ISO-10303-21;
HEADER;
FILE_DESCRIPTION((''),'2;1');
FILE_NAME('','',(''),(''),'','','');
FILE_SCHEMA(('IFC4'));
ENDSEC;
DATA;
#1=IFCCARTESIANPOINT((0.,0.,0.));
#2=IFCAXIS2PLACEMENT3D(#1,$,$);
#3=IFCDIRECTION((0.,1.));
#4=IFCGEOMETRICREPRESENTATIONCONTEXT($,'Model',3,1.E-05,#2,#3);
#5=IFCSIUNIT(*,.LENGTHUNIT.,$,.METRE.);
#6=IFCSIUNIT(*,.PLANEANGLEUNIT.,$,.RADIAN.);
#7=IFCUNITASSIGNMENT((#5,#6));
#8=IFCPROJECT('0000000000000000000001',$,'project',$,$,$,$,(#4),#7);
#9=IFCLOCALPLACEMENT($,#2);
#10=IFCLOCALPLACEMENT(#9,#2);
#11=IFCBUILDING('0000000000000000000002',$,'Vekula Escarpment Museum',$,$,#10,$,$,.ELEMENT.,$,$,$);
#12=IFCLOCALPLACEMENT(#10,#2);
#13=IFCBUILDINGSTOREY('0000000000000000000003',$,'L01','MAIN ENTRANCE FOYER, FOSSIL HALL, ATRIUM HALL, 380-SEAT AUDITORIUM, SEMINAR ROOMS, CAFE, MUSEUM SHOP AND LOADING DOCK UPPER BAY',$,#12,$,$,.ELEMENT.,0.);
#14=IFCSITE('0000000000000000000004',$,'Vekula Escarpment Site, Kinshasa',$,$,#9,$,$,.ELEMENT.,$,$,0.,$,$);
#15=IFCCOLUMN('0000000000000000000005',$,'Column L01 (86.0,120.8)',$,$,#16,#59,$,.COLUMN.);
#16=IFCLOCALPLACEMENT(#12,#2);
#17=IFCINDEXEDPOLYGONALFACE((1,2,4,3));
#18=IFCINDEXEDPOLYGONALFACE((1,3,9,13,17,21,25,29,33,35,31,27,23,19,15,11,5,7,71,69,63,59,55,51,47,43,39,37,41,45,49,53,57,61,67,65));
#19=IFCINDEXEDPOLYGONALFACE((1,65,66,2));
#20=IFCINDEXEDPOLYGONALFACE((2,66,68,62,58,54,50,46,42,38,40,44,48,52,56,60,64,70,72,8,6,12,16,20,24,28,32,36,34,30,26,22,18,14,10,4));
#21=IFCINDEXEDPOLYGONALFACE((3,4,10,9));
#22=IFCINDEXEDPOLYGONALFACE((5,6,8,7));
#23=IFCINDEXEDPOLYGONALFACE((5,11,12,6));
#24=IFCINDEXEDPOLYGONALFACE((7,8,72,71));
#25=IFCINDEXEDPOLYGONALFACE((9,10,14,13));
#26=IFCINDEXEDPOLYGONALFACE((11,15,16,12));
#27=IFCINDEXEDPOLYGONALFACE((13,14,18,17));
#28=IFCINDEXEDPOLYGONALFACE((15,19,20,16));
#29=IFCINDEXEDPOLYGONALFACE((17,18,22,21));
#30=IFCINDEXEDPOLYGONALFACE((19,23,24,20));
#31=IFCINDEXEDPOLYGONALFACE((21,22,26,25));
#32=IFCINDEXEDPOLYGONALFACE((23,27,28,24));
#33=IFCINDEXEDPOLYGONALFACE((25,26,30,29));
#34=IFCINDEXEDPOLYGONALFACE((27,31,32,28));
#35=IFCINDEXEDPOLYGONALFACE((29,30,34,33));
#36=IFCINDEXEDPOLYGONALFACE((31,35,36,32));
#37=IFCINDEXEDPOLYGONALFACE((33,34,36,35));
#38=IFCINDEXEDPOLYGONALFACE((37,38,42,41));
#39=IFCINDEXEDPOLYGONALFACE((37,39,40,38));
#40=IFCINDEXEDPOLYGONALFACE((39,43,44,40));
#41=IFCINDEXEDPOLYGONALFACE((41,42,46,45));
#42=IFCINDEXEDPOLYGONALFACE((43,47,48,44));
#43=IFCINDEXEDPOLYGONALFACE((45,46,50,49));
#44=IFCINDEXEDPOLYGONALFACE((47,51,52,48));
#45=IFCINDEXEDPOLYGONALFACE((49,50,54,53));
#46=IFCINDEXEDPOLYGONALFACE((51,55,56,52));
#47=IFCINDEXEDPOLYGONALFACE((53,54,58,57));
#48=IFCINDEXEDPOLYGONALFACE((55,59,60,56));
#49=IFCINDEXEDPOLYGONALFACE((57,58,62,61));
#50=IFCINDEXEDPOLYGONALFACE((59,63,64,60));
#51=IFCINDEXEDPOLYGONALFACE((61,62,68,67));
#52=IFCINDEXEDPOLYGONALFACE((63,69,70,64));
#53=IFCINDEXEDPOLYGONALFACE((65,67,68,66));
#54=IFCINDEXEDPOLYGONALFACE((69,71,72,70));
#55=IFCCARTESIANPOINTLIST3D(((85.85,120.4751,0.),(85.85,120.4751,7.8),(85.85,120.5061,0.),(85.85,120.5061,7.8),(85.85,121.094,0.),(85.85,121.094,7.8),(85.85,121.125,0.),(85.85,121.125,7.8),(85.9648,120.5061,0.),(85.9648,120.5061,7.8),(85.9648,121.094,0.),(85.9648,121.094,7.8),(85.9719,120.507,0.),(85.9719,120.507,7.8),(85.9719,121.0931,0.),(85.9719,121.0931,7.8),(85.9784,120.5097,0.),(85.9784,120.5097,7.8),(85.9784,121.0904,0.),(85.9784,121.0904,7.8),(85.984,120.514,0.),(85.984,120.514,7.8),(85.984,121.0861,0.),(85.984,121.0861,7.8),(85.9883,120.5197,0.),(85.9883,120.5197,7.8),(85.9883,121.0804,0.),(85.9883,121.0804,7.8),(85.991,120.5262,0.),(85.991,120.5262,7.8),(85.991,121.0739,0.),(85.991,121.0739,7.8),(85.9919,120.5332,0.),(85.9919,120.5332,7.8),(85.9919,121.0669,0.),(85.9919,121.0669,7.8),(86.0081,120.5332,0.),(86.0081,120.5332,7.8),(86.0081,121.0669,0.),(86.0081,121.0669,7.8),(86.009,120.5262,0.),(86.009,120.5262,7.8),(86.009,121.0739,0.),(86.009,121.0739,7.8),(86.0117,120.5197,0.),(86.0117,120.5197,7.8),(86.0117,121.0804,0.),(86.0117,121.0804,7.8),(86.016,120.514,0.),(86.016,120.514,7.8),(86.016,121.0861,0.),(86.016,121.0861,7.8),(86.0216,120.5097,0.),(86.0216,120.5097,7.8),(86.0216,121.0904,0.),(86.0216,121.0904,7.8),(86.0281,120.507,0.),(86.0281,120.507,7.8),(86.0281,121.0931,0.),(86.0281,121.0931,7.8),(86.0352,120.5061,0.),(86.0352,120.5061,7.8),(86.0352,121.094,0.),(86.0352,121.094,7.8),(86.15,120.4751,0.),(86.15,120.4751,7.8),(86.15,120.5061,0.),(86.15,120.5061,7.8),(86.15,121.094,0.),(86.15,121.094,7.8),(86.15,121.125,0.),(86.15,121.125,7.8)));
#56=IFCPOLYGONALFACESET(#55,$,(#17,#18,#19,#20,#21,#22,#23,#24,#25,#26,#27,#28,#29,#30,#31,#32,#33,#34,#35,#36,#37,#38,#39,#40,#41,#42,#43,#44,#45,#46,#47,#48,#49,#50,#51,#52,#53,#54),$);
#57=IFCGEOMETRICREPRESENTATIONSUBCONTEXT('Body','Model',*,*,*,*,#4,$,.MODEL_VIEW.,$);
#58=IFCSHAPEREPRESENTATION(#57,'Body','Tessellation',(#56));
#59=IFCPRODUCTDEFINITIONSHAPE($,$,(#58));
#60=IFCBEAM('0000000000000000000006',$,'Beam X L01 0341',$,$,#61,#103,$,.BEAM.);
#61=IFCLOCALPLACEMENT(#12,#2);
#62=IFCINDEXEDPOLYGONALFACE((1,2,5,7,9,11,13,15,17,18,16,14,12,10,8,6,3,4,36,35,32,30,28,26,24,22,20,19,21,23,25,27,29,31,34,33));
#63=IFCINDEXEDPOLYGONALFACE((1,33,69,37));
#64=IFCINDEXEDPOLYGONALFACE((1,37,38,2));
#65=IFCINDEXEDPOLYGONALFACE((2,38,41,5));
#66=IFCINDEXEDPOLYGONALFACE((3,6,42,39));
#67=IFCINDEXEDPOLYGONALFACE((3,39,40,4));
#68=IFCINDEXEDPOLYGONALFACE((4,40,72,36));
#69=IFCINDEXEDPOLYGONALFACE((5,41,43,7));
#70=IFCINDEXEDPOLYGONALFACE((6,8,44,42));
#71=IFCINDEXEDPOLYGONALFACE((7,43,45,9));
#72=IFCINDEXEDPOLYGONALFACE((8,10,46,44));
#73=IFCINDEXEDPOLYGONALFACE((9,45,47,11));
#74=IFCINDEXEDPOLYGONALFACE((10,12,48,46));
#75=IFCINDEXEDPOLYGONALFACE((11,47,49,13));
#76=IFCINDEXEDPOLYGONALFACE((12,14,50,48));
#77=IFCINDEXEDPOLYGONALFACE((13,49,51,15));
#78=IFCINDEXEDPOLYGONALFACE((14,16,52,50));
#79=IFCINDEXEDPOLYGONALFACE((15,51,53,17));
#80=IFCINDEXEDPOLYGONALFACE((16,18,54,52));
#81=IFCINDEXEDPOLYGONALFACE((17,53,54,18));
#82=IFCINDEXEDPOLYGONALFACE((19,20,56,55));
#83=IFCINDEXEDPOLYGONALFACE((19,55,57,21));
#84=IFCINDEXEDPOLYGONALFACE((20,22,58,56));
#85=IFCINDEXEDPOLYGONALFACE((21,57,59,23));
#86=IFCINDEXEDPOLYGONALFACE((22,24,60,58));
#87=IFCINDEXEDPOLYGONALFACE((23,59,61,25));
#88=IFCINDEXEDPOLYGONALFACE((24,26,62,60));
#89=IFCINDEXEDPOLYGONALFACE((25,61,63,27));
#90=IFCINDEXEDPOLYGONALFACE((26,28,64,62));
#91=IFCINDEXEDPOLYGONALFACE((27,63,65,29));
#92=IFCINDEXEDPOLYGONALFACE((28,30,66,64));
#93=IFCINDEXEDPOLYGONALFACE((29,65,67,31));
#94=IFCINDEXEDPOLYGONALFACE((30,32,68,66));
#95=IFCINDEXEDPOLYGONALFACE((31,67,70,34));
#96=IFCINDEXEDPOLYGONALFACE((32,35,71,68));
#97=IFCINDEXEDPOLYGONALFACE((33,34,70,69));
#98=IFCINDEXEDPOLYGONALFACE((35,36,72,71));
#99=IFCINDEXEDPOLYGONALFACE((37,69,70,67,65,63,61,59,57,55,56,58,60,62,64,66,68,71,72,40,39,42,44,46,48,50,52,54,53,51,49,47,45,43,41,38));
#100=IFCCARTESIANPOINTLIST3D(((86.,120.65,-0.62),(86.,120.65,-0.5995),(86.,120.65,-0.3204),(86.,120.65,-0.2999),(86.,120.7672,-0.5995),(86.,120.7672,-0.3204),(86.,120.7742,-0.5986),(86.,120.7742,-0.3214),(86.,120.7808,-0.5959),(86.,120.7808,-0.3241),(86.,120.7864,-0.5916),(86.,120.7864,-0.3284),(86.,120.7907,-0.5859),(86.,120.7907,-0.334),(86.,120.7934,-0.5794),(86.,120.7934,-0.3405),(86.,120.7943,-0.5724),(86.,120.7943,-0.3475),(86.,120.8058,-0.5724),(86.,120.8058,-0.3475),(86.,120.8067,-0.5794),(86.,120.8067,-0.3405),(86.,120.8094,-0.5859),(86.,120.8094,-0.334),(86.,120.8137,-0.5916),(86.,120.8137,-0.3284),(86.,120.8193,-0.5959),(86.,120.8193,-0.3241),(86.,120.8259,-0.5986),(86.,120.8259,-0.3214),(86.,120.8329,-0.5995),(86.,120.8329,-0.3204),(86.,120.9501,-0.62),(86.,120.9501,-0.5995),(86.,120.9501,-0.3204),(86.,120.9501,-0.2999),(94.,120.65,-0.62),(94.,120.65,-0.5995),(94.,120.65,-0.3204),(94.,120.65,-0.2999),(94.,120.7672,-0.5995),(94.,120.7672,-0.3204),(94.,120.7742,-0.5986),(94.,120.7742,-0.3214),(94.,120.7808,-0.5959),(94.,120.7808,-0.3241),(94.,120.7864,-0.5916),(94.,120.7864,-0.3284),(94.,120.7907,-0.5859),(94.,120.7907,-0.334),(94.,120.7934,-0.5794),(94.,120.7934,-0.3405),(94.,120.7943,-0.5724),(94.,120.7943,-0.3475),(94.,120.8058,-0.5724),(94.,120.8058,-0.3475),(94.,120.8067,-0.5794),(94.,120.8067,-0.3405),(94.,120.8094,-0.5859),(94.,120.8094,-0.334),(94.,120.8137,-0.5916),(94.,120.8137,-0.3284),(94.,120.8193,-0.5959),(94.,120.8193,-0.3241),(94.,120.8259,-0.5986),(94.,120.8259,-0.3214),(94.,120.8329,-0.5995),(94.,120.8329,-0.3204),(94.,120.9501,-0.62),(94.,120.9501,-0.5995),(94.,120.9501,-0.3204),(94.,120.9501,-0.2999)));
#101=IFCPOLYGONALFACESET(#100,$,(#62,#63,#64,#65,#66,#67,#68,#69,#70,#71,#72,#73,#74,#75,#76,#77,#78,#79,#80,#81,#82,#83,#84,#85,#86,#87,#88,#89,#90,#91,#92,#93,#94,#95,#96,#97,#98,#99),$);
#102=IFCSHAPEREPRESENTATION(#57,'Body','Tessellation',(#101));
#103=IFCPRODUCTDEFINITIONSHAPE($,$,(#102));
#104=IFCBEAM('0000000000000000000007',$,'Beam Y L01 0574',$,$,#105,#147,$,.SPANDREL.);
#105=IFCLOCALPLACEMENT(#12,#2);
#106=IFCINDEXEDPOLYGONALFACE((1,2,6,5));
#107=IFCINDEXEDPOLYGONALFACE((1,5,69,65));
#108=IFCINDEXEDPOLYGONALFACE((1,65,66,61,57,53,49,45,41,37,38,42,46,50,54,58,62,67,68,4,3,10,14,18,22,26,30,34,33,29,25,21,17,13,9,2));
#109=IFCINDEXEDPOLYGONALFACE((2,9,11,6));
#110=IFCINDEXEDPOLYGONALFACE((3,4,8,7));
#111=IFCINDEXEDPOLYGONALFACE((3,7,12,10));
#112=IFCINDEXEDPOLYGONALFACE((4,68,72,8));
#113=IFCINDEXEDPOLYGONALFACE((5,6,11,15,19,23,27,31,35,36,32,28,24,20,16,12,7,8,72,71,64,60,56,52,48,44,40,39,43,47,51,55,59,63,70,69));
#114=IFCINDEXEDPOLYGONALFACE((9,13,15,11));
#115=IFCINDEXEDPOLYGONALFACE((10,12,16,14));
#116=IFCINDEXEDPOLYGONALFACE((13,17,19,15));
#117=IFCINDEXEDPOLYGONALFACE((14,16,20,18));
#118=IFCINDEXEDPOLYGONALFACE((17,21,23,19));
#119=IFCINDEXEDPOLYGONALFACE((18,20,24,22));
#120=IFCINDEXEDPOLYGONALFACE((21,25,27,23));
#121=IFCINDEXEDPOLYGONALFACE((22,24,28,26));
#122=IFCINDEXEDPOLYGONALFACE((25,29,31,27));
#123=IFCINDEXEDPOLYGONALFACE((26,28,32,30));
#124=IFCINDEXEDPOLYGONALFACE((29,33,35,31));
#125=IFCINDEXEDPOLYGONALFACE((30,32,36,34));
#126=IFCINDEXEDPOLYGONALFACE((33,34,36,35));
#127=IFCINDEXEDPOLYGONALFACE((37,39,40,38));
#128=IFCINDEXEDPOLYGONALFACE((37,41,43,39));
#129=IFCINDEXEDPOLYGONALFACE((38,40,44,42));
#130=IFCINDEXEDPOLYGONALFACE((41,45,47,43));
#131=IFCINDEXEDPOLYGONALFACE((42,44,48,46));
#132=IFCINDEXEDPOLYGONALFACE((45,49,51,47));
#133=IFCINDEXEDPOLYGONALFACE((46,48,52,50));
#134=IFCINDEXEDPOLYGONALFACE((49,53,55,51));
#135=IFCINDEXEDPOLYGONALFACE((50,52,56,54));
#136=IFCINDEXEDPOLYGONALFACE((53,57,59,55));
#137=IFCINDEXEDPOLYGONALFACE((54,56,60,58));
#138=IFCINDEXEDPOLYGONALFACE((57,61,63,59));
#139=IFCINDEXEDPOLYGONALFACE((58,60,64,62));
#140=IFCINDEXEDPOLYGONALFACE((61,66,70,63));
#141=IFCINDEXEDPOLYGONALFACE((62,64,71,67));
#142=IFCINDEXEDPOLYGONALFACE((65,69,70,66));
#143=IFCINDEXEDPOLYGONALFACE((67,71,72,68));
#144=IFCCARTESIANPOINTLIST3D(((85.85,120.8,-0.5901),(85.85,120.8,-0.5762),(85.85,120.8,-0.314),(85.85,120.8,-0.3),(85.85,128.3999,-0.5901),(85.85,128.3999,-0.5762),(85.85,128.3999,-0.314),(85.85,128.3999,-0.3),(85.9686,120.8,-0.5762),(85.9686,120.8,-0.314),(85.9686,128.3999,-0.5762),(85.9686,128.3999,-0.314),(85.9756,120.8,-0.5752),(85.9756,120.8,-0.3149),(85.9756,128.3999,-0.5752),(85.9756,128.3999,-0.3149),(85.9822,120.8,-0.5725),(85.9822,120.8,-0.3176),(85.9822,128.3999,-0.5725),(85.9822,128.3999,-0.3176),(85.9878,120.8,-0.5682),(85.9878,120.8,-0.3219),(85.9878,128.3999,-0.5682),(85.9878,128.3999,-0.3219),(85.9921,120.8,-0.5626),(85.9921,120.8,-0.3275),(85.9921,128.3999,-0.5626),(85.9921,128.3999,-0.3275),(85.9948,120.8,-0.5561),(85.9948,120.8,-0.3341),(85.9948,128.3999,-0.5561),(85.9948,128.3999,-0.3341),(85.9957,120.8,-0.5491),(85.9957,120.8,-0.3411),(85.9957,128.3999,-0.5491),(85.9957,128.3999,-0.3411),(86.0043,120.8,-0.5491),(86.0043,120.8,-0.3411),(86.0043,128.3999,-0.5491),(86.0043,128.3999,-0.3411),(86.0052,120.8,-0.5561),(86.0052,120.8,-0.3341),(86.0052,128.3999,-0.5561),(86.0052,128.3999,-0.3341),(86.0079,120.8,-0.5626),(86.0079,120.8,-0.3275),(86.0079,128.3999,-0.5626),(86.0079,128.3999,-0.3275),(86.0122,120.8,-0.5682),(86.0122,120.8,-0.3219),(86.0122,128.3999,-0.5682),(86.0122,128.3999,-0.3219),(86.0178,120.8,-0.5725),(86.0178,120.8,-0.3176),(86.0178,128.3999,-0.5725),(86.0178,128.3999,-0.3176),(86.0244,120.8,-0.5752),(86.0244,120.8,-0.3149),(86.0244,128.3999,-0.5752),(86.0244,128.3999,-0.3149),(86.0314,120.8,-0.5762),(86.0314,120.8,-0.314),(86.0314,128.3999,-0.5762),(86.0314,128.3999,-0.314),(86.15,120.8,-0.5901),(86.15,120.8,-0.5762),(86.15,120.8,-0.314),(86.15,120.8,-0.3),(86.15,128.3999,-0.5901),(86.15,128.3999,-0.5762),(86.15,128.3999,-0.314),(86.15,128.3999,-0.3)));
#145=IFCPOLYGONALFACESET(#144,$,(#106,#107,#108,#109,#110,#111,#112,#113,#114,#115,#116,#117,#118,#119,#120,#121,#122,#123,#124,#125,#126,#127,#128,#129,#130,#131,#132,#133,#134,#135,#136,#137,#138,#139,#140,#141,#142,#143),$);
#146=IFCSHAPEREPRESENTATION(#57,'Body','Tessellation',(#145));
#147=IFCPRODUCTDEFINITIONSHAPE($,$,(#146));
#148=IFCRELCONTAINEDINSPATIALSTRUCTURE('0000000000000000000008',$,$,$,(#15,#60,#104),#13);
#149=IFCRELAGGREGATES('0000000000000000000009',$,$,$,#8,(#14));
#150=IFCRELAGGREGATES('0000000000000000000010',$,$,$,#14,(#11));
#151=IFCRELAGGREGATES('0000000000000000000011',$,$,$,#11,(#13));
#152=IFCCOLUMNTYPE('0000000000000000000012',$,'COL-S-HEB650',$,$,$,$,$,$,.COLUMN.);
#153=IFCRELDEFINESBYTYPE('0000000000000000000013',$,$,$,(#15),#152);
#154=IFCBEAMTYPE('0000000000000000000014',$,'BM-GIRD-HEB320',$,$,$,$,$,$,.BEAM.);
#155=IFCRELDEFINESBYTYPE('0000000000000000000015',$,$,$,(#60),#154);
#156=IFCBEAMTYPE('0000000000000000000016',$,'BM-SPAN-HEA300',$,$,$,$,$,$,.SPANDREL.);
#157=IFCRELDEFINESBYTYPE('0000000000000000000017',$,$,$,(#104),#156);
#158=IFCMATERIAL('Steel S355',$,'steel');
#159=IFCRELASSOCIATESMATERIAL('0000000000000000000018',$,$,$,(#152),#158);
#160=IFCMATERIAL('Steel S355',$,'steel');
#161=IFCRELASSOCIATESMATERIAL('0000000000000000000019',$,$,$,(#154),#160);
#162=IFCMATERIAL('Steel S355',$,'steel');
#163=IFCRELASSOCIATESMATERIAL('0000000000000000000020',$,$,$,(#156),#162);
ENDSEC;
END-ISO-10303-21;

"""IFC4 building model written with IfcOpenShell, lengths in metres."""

from ifc_helpers import new_model, si_unit, direction, frame, origin, origin_2d, place, context, subcontext, project, spatial, i_section, extrude, material, material_profile, profile_set, type_object, element, save


model = new_model("IFC4")

# Units and contexts
model_context = context("Model", 3, precision=1e-05, world=origin(), true_north=direction((0.0, 1.0)))
body_context = subcontext(model_context, "Body", "Model", "MODEL_VIEW")
ifc_project = project(units=[si_unit("LENGTHUNIT", "METRE"), si_unit("PLANEANGLEUNIT", "RADIAN")], contexts=[model_context])

# Site, building, storey
site_placement = place(None, origin())
site = spatial("IfcSite", under=ifc_project, at=site_placement, Name="Vekula Escarpment Site, Kinshasa", CompositionType="ELEMENT", RefElevation=0.0)
building_placement = place(site_placement, origin())
building = spatial("IfcBuilding", under=site, at=building_placement, Name="Vekula Escarpment Museum", CompositionType="ELEMENT")
storey_placement = place(building_placement, origin())
storey = spatial("IfcBuildingStorey", under=building, at=storey_placement, Name="L01", Description="MAIN ENTRANCE FOYER, FOSSIL HALL, ATRIUM HALL, 380-SEAT AUDITORIUM, SEMINAR ROOMS, CAFE, MUSEUM SHOP AND LOADING DOCK UPPER BAY", CompositionType="ELEMENT", Elevation=0.0)

# Column
ifc_material_1 = material(Name="Steel S355", Category="steel")
ifc_material_profile_1 = material_profile(ifc_material_1, i_section(OverallWidth=0.3, OverallDepth=0.6499, WebThickness=0.0161, FlangeThickness=0.031, FilletRadius=0.0271, at=origin_2d()), Name="HEB 650")
ifc_profile_set_1 = profile_set([ifc_material_profile_1], Name="Steel S355")
column_type = type_object("IfcColumnType", Name="COL-S-HEB650", PredefinedType="COLUMN", material=ifc_profile_set_1)
column_placement = place(storey_placement, frame((86.0, 120.8, 0.0), z_axis=(0.0, 0.0, 1.0), x_axis=(1.0, 0.0, 0.0)))
element("IfcColumn", 1, at=column_placement, inside=storey, type_object=column_type, Name="Column L01 (86.0,120.8)", PredefinedType="COLUMN", context=body_context, shape_type="SweptSolid", body=[
    extrude(i_section(OverallWidth=0.3, OverallDepth=0.6499, WebThickness=0.0161, FlangeThickness=0.031, FilletRadius=0.0271, at=origin_2d()), origin(), (0.0, 0.0, 1.0), 7.8),
])

# Beams
ifc_material_2 = material(Name="Steel S355", Category="steel")
ifc_material_profile_2 = material_profile(ifc_material_2, i_section(OverallWidth=0.3, OverallDepth=0.3201, WebThickness=0.0115, FlangeThickness=0.0205, FilletRadius=0.0271, at=origin_2d()), Name="HEB 320")
ifc_profile_set_2 = profile_set([ifc_material_profile_2], Name="Steel S355")
beam_type_1 = type_object("IfcBeamType", Name="BM-GIRD-HEB320", PredefinedType="BEAM", material=ifc_profile_set_2)
beam_1_placement = place(storey_placement, frame((86.0, 120.8, -0.46), z_axis=(1.0, 0.0, 0.0), x_axis=(0.0, 1.0, 0.0)))
element("IfcBeam", 2, at=beam_1_placement, inside=storey, type_object=beam_type_1, Name="Beam X L01 0341", PredefinedType="BEAM", context=body_context, shape_type="SweptSolid", body=[
    extrude(i_section(OverallWidth=0.3, OverallDepth=0.3201, WebThickness=0.0115, FlangeThickness=0.0205, FilletRadius=0.0271, at=origin_2d()), origin(), (0.0, 0.0, 1.0), 8.0),
])
ifc_material_3 = material(Name="Steel S355", Category="steel")
ifc_material_profile_3 = material_profile(ifc_material_3, i_section(OverallWidth=0.3, OverallDepth=0.29, WebThickness=0.0085, FlangeThickness=0.0139, FilletRadius=0.0271, at=origin_2d()), Name="HEA 300")
ifc_profile_set_3 = profile_set([ifc_material_profile_3], Name="Steel S355")
beam_type_2 = type_object("IfcBeamType", Name="BM-SPAN-HEA300", PredefinedType="SPANDREL", material=ifc_profile_set_3)
beam_2_placement = place(storey_placement, frame((86.0, 120.8, -0.4451), z_axis=(0.0, 1.0, 0.0), x_axis=(-1.0, 0.0, 0.0)))
element("IfcBeam", 3, at=beam_2_placement, inside=storey, type_object=beam_type_2, Name="Beam Y L01 0574", PredefinedType="SPANDREL", context=body_context, shape_type="SweptSolid", body=[
    extrude(i_section(OverallWidth=0.3, OverallDepth=0.29, WebThickness=0.0085, FlangeThickness=0.0139, FilletRadius=0.0271, at=origin_2d()), origin(), (0.0, 0.0, 1.0), 7.5999),
])

save(model, "model.ifc")
